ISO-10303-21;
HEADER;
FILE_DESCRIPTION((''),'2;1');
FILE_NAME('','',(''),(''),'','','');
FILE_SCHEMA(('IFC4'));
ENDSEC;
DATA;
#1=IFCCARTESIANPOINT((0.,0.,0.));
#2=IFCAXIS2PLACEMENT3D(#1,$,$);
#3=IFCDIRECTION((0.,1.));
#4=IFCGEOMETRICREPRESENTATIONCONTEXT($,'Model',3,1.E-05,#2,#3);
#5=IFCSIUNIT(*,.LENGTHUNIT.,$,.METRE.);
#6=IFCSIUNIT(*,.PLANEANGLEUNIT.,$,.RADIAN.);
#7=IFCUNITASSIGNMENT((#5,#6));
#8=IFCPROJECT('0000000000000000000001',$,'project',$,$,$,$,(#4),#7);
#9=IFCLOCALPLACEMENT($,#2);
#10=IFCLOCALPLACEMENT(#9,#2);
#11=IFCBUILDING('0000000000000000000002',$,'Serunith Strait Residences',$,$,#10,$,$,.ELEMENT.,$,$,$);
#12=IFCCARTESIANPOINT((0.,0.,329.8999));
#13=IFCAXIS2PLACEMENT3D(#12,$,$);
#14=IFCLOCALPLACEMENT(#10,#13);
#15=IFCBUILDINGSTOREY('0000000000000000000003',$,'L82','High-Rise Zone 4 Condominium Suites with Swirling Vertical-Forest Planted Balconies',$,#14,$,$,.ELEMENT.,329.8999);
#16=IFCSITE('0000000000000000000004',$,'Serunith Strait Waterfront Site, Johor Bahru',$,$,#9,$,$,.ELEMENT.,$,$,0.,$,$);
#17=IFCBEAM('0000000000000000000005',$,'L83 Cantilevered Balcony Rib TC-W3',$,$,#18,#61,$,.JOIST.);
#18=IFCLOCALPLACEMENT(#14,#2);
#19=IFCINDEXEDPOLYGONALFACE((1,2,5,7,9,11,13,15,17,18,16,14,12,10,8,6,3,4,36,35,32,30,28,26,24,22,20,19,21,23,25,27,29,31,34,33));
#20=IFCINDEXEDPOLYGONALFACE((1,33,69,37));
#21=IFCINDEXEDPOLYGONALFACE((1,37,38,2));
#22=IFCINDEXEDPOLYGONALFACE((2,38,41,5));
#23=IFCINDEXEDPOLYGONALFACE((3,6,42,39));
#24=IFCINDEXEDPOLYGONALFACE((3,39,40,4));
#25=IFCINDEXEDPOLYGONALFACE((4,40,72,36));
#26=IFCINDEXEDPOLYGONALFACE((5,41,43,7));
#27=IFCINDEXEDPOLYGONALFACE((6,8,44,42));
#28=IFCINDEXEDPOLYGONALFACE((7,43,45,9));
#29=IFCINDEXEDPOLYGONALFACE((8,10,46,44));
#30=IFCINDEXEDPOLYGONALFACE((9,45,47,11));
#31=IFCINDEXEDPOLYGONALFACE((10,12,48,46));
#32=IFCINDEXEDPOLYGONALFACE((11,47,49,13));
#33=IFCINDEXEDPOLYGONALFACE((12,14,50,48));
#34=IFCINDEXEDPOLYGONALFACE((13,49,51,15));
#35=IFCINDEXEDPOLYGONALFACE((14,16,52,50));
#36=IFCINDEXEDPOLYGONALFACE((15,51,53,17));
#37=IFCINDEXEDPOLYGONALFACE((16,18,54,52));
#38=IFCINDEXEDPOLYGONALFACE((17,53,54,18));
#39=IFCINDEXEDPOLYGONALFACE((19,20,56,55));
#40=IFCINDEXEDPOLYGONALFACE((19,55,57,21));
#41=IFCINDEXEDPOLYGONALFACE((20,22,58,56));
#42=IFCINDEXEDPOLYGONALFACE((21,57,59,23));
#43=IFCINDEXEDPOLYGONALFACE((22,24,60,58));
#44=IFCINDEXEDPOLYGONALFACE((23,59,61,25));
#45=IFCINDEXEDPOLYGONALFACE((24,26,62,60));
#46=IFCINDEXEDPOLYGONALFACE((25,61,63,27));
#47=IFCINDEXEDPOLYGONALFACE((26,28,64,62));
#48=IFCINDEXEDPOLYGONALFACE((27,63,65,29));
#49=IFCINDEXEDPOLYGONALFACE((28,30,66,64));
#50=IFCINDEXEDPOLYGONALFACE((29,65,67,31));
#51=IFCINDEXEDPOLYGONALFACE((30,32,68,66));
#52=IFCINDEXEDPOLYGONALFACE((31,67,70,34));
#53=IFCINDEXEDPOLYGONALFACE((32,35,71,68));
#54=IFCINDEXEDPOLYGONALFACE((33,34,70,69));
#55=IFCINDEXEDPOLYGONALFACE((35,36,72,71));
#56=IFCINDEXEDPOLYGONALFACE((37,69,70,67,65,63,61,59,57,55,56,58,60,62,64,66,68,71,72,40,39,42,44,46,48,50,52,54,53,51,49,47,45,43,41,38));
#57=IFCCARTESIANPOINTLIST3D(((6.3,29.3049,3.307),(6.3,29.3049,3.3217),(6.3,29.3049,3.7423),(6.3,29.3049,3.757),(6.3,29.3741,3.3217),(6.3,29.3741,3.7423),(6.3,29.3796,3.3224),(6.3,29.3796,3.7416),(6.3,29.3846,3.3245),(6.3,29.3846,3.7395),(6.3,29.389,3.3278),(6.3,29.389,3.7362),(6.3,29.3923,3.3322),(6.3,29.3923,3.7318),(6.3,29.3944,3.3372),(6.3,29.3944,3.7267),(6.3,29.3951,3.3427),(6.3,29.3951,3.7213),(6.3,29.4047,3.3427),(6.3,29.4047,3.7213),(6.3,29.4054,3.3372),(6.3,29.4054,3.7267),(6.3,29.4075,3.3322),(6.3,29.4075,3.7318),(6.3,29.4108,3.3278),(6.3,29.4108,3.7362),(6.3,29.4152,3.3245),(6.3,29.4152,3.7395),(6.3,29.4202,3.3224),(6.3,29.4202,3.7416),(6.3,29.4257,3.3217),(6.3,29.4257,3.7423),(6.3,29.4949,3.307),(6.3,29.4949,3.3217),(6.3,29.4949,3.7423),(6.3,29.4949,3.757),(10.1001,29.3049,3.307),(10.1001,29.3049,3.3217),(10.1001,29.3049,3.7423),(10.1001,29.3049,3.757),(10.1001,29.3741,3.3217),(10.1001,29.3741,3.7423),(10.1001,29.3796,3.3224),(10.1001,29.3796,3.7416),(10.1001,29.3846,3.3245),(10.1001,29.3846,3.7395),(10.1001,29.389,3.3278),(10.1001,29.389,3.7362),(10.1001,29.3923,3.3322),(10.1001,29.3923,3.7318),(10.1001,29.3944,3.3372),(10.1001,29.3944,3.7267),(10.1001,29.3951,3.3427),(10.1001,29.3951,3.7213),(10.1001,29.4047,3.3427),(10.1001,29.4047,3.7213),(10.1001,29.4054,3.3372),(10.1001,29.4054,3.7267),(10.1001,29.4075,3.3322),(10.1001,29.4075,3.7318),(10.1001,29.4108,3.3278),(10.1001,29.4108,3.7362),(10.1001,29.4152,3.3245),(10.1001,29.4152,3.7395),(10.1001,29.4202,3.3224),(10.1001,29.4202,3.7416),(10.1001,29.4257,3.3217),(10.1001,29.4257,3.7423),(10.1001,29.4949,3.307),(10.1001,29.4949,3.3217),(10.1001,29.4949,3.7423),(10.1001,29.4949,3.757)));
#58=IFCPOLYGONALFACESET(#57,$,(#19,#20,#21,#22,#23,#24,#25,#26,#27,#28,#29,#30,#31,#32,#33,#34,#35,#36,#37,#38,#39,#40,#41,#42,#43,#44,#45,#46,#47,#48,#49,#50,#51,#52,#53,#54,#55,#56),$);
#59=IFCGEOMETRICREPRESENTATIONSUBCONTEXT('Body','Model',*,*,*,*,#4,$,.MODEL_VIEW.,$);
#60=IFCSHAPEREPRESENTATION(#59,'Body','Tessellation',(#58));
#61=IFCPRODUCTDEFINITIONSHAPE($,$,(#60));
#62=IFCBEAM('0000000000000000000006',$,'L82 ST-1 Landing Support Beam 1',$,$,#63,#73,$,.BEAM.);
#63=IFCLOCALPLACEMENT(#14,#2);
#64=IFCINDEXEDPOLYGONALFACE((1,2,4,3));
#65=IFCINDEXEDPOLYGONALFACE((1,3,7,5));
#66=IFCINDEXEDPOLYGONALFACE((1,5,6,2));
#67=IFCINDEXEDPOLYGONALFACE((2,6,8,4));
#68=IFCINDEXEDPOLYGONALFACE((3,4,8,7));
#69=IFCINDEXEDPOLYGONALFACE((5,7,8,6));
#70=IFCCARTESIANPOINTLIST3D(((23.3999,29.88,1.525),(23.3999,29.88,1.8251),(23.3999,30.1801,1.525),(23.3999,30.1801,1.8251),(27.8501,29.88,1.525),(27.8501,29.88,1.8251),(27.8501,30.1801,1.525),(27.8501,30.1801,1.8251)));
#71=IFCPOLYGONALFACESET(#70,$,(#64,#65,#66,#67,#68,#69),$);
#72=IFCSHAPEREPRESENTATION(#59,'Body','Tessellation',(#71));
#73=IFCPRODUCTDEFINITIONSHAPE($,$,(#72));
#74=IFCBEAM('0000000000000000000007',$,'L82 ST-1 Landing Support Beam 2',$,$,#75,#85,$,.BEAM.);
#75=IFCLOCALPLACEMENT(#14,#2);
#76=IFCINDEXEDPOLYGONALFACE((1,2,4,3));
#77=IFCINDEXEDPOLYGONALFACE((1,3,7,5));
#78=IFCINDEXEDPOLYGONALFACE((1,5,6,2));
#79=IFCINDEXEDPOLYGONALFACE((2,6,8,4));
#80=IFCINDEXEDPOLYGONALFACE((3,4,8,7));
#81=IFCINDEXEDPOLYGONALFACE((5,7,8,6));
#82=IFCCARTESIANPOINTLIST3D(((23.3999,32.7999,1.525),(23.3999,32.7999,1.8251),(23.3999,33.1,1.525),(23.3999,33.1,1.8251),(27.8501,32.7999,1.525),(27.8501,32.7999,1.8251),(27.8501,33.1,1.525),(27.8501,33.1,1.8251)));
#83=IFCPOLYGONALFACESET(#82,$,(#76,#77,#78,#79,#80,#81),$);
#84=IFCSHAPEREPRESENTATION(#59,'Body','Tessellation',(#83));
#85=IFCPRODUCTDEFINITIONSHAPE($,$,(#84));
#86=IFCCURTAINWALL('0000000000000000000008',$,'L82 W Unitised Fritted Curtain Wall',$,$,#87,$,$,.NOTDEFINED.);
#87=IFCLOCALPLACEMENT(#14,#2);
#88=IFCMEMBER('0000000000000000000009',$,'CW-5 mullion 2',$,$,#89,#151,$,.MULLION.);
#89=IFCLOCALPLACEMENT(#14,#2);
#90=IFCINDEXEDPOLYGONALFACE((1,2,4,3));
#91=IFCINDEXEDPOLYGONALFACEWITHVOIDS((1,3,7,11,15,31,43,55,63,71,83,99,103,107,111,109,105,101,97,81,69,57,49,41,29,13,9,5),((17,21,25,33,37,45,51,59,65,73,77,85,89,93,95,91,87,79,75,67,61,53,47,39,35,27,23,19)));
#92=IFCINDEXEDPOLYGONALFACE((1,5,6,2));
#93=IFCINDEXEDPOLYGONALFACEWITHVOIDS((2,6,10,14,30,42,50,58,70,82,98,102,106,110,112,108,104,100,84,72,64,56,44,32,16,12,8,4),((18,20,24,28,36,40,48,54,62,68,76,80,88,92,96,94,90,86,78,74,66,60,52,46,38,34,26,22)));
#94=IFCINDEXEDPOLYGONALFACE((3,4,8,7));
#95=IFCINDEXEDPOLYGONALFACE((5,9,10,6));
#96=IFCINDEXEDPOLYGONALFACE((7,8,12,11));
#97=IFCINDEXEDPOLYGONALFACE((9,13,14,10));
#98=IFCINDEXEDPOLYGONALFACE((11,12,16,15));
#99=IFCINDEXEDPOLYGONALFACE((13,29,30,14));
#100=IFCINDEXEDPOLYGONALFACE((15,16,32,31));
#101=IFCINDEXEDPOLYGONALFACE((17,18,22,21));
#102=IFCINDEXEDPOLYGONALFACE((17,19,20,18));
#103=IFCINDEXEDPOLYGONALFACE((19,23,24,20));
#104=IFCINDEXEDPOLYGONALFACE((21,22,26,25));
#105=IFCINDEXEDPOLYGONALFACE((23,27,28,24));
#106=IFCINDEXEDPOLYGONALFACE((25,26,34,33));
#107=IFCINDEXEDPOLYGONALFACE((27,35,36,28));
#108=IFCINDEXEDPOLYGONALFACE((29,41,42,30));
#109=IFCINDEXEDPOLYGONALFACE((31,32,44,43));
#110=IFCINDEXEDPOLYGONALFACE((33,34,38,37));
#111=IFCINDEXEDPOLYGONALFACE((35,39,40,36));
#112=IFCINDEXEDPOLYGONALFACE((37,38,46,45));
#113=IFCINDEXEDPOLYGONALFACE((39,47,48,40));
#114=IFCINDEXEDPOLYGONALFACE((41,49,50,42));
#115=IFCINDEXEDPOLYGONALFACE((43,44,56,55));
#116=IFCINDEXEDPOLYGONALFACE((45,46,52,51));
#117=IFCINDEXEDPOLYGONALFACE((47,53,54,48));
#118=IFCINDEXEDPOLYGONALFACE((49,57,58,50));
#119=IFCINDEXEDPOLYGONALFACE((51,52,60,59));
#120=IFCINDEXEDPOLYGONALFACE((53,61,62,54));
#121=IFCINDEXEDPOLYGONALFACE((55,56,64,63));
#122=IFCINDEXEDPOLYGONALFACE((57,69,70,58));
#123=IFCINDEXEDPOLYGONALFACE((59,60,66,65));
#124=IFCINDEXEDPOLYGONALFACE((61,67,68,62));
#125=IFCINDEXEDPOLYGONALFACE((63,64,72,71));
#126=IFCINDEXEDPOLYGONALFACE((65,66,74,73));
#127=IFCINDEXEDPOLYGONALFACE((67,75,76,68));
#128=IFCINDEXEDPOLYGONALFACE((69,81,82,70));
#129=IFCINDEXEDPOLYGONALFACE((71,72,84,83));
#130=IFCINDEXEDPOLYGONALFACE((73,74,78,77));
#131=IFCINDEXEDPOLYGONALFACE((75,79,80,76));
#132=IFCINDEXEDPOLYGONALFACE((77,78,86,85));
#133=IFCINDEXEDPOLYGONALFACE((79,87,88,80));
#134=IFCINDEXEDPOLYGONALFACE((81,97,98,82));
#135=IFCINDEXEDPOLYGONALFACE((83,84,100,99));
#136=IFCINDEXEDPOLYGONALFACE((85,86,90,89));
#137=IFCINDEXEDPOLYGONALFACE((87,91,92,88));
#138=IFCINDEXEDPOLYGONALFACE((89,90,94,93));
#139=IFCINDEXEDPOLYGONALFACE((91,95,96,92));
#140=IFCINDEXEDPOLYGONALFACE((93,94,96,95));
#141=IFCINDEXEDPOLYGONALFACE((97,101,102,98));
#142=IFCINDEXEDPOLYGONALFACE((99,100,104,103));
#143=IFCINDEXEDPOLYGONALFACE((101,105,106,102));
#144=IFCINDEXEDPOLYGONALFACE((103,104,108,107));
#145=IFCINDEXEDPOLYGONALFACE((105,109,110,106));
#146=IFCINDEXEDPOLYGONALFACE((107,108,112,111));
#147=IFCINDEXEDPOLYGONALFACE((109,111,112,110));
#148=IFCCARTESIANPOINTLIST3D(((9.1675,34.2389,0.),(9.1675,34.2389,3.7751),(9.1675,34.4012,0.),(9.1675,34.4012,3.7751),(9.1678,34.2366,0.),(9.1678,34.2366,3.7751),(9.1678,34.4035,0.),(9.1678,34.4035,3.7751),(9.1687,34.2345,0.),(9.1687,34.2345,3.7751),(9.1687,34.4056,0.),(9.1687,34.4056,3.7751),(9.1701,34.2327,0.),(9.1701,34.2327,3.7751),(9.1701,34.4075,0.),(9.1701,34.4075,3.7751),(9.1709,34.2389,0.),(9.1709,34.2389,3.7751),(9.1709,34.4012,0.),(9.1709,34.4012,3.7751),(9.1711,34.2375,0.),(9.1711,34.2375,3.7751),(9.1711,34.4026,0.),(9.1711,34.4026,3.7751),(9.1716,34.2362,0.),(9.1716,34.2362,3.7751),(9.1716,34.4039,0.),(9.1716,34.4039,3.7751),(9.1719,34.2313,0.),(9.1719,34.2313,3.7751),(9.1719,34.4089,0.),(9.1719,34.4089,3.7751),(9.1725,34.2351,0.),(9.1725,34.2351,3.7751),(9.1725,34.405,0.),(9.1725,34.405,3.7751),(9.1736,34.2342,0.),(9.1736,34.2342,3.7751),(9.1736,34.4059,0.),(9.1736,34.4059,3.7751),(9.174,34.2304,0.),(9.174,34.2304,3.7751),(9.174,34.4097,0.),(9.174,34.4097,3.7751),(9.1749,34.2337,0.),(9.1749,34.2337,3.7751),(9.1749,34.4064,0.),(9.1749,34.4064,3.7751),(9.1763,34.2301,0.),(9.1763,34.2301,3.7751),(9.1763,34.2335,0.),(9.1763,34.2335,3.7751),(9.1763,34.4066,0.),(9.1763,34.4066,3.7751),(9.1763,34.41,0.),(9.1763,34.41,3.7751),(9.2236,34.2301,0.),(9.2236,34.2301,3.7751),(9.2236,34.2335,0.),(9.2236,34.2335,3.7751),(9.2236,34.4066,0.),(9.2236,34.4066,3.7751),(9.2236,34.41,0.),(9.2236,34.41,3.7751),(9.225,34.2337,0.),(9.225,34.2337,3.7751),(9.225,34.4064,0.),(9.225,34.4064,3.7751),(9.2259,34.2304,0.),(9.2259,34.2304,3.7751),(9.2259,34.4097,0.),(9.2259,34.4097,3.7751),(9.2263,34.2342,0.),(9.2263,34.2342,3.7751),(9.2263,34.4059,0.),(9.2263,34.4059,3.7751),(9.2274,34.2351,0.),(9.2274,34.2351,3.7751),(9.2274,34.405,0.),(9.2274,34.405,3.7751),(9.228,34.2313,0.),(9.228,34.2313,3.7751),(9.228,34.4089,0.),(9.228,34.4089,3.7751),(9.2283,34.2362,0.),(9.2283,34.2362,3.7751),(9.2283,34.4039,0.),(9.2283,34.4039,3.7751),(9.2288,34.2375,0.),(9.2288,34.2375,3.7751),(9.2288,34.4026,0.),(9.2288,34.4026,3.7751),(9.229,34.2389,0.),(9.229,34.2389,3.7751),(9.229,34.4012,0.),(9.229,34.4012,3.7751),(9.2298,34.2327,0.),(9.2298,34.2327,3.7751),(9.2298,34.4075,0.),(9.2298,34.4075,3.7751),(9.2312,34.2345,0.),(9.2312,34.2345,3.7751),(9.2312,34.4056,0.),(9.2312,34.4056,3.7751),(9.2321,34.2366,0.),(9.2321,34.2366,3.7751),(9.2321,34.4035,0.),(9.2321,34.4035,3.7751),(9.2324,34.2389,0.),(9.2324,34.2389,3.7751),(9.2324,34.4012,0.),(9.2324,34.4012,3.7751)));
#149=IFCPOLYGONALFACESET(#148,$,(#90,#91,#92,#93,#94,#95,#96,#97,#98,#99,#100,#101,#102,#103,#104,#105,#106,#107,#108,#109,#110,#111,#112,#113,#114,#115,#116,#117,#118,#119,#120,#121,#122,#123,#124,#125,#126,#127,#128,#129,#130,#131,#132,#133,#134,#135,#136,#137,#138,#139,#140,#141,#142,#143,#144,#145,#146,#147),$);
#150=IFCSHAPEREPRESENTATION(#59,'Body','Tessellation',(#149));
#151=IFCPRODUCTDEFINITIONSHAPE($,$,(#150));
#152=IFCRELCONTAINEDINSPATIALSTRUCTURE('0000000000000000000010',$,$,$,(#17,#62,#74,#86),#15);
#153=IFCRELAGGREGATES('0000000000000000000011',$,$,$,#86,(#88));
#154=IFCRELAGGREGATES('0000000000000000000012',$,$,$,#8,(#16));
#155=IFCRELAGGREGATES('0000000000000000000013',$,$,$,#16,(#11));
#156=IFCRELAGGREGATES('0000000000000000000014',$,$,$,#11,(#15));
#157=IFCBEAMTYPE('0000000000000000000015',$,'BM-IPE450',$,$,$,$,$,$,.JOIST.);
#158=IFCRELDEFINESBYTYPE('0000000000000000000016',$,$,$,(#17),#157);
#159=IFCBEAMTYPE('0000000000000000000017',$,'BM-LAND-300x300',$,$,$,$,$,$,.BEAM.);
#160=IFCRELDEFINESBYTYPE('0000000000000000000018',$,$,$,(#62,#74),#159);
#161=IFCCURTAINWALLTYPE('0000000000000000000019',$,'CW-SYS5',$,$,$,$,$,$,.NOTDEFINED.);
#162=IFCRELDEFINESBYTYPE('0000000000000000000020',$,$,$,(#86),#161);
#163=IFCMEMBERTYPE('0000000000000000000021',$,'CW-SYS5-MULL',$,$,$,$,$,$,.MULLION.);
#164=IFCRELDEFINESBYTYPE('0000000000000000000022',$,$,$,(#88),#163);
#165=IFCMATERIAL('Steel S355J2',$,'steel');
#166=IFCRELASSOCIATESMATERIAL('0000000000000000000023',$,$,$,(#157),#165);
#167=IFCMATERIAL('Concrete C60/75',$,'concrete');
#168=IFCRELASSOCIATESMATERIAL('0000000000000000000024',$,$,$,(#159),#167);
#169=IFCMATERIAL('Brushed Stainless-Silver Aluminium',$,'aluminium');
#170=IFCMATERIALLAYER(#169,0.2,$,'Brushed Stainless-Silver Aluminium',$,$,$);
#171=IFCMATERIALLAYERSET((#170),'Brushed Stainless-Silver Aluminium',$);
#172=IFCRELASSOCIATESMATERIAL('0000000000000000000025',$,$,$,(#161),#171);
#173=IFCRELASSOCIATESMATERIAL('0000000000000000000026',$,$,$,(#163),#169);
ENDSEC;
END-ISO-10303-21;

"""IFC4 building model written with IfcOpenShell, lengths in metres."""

from ifc_helpers import new_model, si_unit, direction, frame, origin, origin_2d, place, context, subcontext, project, spatial, rectangle, hollow_rectangle, i_section, extrude, source, transform, mapped, material, layer, layer_set, material_profile, profile_set, type_object, element, aggregate, save


model = new_model("IFC4")

# Units and contexts
model_context = context("Model", 3, precision=1e-05, world=origin(), true_north=direction((0.0, 1.0)))
body_context = subcontext(model_context, "Body", "Model", "MODEL_VIEW")
ifc_project = project(units=[si_unit("LENGTHUNIT", "METRE"), si_unit("PLANEANGLEUNIT", "RADIAN")], contexts=[model_context])

# Site, building, storey
site_placement = place(None, origin())
site = spatial("IfcSite", under=ifc_project, at=site_placement, Name="Serunith Strait Waterfront Site, Johor Bahru", CompositionType="ELEMENT", RefElevation=0.0)
building_placement = place(site_placement, origin())
building = spatial("IfcBuilding", under=site, at=building_placement, Name="Serunith Strait Residences", CompositionType="ELEMENT")
storey_placement = place(building_placement, frame((0.0, 0.0, 329.8999)))
storey = spatial("IfcBuildingStorey", under=building, at=storey_placement, Name="L82", Description="High-Rise Zone 4 Condominium Suites with Swirling Vertical-Forest Planted Balconies", CompositionType="ELEMENT", Elevation=329.8999)

# Beams
ifc_material_1 = material(Name="Steel S355J2", Category="steel")
ifc_material_profile_1 = material_profile(ifc_material_1, i_section(OverallWidth=0.1899, OverallDepth=0.45, WebThickness=0.0095, FlangeThickness=0.0146, FilletRadius=0.021, at=origin_2d()), Name="IPE 450")
ifc_profile_set_1 = profile_set([ifc_material_profile_1], Name="Steel S355J2")
beam_type_1 = type_object("IfcBeamType", Name="BM-IPE450", PredefinedType="JOIST", material=ifc_profile_set_1)
shared_shape_1 = source(origin(), body_context, "Body", "SweptSolid", [
    extrude(i_section(OverallWidth=0.1899, OverallDepth=0.45, WebThickness=0.0095, FlangeThickness=0.0146, FilletRadius=0.021, at=origin_2d()), origin(), (0.0, 0.0, 1.0), 3.8),
])
beam_1_placement = place(storey_placement, frame((10.1001, 29.3999, 3.532), z_axis=(-1.0, 0.0, 0.0), x_axis=(0.0, -1.0, 0.0)))
element("IfcBeam", 1, at=beam_1_placement, inside=storey, type_object=beam_type_1, Name="L83 Cantilevered Balcony Rib TC-W3", PredefinedType="JOIST", context=body_context, shape_type="MappedRepresentation", body=[
    mapped(shared_shape_1, transform((0.0, 0.0, 0.0), scale=1.0)),
])
ifc_material_2 = material(Name="Concrete C60/75", Category="concrete")
ifc_material_profile_2 = material_profile(ifc_material_2, rectangle(XDim=0.3, YDim=0.3, at=origin_2d()), Name="RC 300x300")
ifc_profile_set_2 = profile_set([ifc_material_profile_2], Name="Concrete C60/75")
beam_type_2 = type_object("IfcBeamType", Name="BM-LAND-300x300", PredefinedType="BEAM", material=ifc_profile_set_2)
shared_shape_2 = source(origin(), body_context, "Body", "SweptSolid", [
    extrude(rectangle(XDim=0.3, YDim=0.3, at=origin_2d()), origin(), (0.0, 0.0, 1.0), 4.4502),
])
for number, where, z_axis, x_axis, name in (
    (2, (23.3999, 30.03, 1.675), (1.0, 0.0, 0.0), (0.0, 1.0, 0.0), "L82 ST-1 Landing Support Beam 1"),
    (3, (23.3999, 32.95, 1.675), (1.0, 0.0, 0.0), (0.0, 1.0, 0.0), "L82 ST-1 Landing Support Beam 2"),
):
    element("IfcBeam", number, at=place(storey_placement, frame(where, z_axis=z_axis, x_axis=x_axis)), inside=storey, type_object=beam_type_2, Name=name, PredefinedType="BEAM", context=body_context, shape_type="MappedRepresentation", body=[
        mapped(shared_shape_2, transform((0.0, 0.0, 0.0), scale=1.0)),
    ])

# Curtain wall, member
ifc_material_3 = material(Name="Brushed Stainless-Silver Aluminium", Category="aluminium")
ifc_layer_1 = layer(ifc_material_3, 0.2, Name="Brushed Stainless-Silver Aluminium")
ifc_layer_set_1 = layer_set([ifc_layer_1], Name="Brushed Stainless-Silver Aluminium")
curtain_wall_type = type_object("IfcCurtainWallType", Name="CW-SYS5", PredefinedType="NOTDEFINED", material=ifc_layer_set_1)
curtain_wall_placement = place(storey_placement, origin())
curtain_wall = element("IfcCurtainWall", 4, at=curtain_wall_placement, inside=storey, type_object=curtain_wall_type, Name="L82 W Unitised Fritted Curtain Wall", PredefinedType="NOTDEFINED")
ifc_material_profile_3 = material_profile(ifc_material_3, hollow_rectangle(XDim=0.0649, YDim=0.1799, WallThickness=0.0034, InnerFilletRadius=0.0054, OuterFilletRadius=0.0088, at=origin_2d()), Name="ALU 180x65x3.5")
ifc_profile_set_3 = profile_set([ifc_material_profile_3], Name="Brushed Stainless-Silver Aluminium")
member_type_1 = type_object("IfcMemberType", Name="CW-SYS5-MULL", PredefinedType="MULLION", material=ifc_profile_set_3)
shared_shape_3 = source(origin(), body_context, "Body", "SweptSolid", [
    extrude(hollow_rectangle(XDim=0.0649, YDim=0.1799, WallThickness=0.0034, InnerFilletRadius=0.0054, OuterFilletRadius=0.0088, at=origin_2d()), origin(), (0.0, 0.0, 1.0), 3.7751),
])
member_1_placement = place(storey_placement, frame((9.2, 34.3201, 0.0), z_axis=(0.0, 0.0, 1.0), x_axis=(1.0, 0.0, 0.0)))
member_1 = element("IfcMember", 5, at=member_1_placement, type_object=member_type_1, Name="CW-5 mullion 2", PredefinedType="MULLION", context=body_context, shape_type="MappedRepresentation", body=[
    mapped(shared_shape_3, transform((0.0, 0.0, 0.0), scale=1.0)),
])
aggregate(curtain_wall, [member_1])

save(model, "model.ifc")
